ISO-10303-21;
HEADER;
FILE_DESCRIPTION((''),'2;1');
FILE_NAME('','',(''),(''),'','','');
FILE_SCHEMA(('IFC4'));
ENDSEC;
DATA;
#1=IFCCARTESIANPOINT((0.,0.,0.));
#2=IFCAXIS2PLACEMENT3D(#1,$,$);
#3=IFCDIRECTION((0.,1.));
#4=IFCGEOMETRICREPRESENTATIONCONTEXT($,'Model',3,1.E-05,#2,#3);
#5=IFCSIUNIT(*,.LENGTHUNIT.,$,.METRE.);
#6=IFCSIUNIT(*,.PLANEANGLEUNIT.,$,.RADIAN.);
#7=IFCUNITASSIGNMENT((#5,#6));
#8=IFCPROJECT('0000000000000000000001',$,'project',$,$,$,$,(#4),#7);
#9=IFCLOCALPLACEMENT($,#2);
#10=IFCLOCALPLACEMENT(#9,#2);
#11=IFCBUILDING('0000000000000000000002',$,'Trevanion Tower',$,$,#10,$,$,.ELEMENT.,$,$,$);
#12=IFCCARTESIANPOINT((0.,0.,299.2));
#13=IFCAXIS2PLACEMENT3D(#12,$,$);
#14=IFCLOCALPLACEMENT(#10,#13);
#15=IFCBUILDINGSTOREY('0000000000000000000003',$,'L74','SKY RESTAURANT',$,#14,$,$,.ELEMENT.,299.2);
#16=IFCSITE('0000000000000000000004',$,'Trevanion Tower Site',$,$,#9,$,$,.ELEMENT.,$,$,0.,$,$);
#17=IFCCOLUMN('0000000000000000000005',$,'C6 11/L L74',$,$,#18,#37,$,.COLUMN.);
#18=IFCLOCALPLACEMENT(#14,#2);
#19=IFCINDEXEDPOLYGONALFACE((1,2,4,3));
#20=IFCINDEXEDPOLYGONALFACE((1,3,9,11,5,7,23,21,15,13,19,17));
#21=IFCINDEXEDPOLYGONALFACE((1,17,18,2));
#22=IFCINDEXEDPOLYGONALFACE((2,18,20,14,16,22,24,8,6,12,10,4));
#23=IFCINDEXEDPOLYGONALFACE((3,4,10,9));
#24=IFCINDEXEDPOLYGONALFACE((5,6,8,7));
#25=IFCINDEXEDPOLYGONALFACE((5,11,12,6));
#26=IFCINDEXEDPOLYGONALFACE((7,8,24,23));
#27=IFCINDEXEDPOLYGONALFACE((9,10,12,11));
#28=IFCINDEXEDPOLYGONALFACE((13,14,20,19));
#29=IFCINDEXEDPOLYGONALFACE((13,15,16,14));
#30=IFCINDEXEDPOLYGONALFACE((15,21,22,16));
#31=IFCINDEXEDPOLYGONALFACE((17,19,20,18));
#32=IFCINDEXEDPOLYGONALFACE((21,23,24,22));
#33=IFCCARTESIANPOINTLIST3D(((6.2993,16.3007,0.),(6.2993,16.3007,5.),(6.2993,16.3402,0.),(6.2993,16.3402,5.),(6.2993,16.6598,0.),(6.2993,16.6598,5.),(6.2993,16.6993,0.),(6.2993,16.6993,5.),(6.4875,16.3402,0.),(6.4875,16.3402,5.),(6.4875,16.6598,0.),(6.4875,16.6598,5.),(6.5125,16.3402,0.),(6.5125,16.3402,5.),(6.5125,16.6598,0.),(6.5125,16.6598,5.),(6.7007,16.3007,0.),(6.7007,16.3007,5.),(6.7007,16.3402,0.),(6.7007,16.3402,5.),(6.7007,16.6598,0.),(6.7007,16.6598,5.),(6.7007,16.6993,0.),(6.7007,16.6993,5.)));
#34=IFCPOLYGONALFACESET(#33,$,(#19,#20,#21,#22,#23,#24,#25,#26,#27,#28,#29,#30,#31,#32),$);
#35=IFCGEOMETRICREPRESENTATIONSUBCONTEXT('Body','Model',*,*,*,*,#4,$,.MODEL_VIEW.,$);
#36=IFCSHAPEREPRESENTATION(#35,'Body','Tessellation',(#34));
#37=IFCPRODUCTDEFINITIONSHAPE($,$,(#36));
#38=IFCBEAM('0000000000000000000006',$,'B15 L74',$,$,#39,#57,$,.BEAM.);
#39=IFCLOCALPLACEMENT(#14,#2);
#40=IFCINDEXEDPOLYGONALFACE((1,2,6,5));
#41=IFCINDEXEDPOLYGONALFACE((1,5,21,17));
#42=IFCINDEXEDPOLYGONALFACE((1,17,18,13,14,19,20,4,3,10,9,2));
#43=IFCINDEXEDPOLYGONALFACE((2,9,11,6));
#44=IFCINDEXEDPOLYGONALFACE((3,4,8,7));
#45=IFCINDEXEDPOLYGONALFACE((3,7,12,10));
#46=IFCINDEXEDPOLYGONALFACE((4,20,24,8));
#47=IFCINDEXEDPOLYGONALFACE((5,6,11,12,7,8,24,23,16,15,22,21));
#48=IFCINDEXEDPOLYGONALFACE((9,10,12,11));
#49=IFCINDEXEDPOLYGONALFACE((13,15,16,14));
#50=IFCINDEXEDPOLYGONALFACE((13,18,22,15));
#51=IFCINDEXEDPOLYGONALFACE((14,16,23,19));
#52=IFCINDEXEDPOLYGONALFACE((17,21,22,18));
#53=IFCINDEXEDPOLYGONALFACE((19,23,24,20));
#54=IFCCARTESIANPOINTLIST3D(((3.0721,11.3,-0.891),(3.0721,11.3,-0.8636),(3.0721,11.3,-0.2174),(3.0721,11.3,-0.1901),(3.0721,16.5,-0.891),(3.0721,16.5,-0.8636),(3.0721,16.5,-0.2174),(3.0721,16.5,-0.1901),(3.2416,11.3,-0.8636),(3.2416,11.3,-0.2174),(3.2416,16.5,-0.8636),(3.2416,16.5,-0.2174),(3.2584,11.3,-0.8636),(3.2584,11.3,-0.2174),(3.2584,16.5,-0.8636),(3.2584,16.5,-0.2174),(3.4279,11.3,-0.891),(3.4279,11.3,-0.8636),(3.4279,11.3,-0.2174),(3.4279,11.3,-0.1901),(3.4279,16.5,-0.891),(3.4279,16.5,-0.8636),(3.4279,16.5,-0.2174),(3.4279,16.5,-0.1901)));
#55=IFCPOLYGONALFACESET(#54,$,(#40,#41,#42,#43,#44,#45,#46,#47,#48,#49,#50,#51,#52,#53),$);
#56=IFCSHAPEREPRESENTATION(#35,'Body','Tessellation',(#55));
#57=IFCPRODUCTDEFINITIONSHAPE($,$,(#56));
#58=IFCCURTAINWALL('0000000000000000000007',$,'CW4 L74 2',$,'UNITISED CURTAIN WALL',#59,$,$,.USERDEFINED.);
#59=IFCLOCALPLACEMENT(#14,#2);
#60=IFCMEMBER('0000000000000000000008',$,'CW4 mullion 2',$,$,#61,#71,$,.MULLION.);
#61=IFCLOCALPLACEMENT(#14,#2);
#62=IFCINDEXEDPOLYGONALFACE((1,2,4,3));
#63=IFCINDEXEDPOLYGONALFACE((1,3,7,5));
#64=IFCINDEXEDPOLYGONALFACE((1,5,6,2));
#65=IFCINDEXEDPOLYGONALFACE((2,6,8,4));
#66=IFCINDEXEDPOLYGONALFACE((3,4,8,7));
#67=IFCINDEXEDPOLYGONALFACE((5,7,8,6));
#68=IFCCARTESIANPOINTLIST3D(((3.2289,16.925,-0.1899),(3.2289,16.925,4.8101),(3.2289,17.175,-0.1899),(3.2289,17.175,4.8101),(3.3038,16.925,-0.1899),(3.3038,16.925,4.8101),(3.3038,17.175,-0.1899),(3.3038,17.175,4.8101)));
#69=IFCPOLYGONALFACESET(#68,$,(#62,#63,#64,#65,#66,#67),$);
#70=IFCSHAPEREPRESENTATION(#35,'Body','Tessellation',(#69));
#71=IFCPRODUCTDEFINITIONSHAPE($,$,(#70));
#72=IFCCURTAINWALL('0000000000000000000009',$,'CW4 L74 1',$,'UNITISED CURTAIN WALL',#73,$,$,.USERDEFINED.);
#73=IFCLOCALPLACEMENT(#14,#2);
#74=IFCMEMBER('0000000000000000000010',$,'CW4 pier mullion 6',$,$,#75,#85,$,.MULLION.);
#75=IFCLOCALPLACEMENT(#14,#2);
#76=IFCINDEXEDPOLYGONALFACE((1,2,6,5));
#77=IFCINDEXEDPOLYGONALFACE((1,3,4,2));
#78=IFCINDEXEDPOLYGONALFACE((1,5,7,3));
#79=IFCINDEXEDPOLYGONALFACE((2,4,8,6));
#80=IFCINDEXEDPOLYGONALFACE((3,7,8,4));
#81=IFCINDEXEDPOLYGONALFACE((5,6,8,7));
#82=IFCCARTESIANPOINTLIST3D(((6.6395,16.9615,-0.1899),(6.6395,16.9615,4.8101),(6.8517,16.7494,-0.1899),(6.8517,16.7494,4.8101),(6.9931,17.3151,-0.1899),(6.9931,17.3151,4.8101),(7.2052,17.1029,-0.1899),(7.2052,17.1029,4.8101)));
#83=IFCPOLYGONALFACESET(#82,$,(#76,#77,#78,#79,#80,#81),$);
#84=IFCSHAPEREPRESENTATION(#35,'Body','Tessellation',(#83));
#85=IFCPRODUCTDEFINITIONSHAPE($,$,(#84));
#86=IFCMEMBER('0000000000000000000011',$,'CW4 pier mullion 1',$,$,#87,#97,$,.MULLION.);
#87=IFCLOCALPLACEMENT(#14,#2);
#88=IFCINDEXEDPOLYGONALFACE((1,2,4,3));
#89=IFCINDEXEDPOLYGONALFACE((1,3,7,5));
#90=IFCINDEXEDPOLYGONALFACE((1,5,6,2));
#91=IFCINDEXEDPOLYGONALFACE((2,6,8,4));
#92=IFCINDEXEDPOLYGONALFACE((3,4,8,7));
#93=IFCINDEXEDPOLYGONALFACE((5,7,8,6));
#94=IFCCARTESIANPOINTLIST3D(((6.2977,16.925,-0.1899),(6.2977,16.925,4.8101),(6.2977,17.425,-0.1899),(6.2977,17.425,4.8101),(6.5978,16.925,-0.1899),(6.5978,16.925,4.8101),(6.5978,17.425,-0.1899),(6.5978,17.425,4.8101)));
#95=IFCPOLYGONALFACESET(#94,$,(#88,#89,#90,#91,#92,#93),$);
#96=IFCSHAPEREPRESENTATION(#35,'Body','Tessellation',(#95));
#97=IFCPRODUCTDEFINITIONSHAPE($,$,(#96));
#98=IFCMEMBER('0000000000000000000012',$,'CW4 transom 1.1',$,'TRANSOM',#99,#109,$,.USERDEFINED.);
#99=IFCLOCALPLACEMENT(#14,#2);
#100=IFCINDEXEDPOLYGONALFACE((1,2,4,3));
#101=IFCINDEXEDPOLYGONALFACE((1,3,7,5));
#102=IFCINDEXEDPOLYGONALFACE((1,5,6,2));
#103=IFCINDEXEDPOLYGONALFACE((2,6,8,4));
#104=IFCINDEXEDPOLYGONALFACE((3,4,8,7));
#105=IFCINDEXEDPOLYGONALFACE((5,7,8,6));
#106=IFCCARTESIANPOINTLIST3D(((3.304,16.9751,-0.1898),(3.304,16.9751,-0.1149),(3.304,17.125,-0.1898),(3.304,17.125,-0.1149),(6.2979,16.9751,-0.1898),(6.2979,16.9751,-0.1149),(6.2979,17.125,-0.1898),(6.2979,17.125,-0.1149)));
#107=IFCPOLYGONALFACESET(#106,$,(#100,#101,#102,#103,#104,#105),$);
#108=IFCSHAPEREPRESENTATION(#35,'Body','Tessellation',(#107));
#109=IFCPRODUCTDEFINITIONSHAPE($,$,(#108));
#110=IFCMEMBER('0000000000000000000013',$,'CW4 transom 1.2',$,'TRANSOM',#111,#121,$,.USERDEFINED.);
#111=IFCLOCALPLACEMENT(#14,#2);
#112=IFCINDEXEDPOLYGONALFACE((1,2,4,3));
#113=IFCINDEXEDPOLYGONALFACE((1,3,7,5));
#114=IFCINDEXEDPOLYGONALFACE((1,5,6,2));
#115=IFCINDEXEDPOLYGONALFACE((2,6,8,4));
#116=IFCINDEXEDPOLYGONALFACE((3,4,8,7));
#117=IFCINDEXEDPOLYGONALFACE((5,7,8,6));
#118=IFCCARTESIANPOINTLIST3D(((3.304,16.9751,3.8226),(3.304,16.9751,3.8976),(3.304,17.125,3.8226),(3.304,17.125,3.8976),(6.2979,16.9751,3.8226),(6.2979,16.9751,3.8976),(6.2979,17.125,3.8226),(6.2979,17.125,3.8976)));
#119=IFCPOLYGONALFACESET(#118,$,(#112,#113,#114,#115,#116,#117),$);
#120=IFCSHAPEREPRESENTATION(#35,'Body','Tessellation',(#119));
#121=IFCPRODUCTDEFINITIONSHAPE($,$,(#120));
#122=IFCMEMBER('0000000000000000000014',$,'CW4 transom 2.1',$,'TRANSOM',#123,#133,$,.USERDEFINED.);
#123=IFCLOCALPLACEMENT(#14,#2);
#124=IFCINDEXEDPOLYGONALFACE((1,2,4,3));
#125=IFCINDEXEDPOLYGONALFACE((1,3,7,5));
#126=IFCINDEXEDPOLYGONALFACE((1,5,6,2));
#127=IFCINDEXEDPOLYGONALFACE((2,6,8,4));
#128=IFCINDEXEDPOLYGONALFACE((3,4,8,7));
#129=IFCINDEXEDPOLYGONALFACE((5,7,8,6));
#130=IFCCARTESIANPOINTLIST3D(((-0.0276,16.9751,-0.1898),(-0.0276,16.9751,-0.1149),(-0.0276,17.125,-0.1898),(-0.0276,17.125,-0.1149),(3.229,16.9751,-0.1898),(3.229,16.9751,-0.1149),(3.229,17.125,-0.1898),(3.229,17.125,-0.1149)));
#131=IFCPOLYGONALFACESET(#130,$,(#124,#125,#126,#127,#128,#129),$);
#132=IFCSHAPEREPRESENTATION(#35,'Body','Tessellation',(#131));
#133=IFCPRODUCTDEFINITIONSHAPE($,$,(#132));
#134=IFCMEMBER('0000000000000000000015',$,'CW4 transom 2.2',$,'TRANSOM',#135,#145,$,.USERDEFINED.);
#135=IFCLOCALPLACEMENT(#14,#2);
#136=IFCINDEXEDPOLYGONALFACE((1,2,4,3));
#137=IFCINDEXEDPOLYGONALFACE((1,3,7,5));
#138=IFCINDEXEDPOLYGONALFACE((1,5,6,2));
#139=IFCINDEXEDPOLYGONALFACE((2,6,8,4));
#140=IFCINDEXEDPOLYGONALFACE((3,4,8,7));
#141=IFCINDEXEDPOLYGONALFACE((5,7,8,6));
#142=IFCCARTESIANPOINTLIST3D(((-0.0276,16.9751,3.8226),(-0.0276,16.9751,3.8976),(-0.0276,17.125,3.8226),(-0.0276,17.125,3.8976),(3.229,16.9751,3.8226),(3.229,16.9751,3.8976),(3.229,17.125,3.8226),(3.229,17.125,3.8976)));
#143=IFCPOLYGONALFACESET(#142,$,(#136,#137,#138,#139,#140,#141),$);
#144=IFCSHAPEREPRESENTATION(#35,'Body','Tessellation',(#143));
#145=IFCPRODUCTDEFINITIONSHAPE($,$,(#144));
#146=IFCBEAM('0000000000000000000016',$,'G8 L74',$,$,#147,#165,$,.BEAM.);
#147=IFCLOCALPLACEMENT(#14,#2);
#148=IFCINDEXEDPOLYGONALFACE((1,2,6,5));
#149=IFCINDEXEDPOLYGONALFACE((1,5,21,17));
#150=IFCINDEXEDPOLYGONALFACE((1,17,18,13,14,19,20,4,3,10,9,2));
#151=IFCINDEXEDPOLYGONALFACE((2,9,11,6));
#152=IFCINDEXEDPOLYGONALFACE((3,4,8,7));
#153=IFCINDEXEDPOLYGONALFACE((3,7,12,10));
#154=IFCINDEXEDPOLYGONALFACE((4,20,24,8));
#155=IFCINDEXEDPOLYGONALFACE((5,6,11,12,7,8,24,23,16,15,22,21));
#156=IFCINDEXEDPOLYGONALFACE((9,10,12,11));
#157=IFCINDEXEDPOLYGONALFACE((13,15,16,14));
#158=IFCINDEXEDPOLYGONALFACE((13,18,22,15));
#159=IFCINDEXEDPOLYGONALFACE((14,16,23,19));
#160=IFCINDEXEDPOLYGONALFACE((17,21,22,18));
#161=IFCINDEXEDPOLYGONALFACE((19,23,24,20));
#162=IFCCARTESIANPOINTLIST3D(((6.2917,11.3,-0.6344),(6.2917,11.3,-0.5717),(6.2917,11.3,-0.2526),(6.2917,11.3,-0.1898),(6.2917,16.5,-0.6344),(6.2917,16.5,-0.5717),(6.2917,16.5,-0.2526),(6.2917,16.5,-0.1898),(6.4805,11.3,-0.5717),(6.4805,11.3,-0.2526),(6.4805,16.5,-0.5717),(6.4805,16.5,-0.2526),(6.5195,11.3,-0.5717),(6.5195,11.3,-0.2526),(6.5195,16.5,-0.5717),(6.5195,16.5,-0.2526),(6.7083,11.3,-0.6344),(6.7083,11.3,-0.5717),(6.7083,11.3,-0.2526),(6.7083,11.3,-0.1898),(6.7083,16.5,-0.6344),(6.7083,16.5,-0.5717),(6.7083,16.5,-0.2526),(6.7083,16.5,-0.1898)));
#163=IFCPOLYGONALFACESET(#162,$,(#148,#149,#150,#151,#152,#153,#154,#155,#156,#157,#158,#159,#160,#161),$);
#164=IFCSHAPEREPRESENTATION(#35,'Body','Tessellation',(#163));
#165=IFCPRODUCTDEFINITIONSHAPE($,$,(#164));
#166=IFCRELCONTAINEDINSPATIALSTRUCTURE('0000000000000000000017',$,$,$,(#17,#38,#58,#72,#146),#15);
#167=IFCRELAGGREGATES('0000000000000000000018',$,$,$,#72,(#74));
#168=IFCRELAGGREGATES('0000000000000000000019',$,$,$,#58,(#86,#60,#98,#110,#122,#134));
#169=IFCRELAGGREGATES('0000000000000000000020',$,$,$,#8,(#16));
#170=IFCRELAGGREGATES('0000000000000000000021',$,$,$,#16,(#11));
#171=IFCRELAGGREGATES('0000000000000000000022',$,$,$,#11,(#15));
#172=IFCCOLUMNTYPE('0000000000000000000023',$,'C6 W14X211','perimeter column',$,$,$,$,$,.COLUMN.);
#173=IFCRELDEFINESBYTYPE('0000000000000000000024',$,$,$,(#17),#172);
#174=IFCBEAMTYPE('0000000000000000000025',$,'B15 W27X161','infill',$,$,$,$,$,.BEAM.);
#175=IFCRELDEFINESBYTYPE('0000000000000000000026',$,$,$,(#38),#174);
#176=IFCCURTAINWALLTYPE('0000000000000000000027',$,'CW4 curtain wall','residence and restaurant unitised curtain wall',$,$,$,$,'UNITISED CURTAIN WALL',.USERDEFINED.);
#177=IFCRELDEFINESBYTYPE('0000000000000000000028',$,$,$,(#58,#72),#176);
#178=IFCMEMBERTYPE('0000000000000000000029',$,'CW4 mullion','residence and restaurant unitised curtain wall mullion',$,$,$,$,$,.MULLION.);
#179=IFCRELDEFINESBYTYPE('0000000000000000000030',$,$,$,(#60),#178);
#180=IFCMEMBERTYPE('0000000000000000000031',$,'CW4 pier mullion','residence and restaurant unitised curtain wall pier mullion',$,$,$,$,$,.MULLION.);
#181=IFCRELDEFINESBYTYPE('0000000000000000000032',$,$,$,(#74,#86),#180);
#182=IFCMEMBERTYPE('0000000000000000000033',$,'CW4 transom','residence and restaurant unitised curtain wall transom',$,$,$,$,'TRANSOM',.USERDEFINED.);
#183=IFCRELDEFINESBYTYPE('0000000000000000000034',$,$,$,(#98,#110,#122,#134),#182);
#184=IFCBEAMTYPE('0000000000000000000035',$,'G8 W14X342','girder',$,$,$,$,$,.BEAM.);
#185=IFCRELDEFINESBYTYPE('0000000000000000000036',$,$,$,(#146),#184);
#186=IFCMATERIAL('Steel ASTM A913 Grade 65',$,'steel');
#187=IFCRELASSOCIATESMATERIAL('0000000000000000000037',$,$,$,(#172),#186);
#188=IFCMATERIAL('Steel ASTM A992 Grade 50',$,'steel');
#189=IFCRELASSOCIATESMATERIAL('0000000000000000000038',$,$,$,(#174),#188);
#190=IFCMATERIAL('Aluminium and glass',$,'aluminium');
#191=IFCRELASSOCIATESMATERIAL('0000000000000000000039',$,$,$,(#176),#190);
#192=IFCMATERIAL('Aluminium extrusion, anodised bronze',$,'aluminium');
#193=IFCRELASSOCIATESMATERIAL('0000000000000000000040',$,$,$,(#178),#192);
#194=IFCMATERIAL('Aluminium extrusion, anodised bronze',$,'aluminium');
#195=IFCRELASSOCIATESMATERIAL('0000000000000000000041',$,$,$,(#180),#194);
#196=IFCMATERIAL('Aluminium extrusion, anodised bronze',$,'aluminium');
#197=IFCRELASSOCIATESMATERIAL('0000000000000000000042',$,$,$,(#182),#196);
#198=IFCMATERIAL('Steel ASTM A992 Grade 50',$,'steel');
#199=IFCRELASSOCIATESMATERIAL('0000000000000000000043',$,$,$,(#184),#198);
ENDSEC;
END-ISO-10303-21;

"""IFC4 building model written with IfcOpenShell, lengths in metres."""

from ifc_helpers import new_model, si_unit, direction, frame, origin, origin_2d, place, context, subcontext, project, spatial, rectangle, i_section, extrude, material, material_profile, profile_set, type_object, element, aggregate, save


model = new_model("IFC4")

# Units and contexts
model_context = context("Model", 3, precision=1e-05, world=origin(), true_north=direction((0.0, 1.0)))
body_context = subcontext(model_context, "Body", "Model", "MODEL_VIEW")
ifc_project = project(units=[si_unit("LENGTHUNIT", "METRE"), si_unit("PLANEANGLEUNIT", "RADIAN")], contexts=[model_context])

# Site, building, storey
site_placement = place(None, origin())
site = spatial("IfcSite", under=ifc_project, at=site_placement, Name="Trevanion Tower Site", CompositionType="ELEMENT", RefElevation=0.0)
building_placement = place(site_placement, origin())
building = spatial("IfcBuilding", under=site, at=building_placement, Name="Trevanion Tower", CompositionType="ELEMENT")
storey_placement = place(building_placement, frame((0.0, 0.0, 299.2)))
storey = spatial("IfcBuildingStorey", under=building, at=storey_placement, Name="L74", Description="SKY RESTAURANT", CompositionType="ELEMENT", Elevation=299.2)

# Column
ifc_material_1 = material(Name="Steel ASTM A913 Grade 65", Category="steel")
ifc_material_profile_1 = material_profile(ifc_material_1, i_section(OverallWidth=0.4014, OverallDepth=0.3987, WebThickness=0.0249, FlangeThickness=0.0396, at=origin_2d()), Name="W14X211")
ifc_profile_set_1 = profile_set([ifc_material_profile_1], Name="Steel ASTM A913 Grade 65")
column_type = type_object("IfcColumnType", Name="C6 W14X211", Description="perimeter column", PredefinedType="COLUMN", material=ifc_profile_set_1)
column_placement = place(storey_placement, frame((6.5, 16.5, 0.0), z_axis=(0.0, 0.0, 1.0), x_axis=(1.0, 0.0, 0.0)))
element("IfcColumn", 1, at=column_placement, inside=storey, type_object=column_type, Name="C6 11/L L74", PredefinedType="COLUMN", context=body_context, shape_type="SweptSolid", body=[
    extrude(i_section(OverallWidth=0.4014, OverallDepth=0.3987, WebThickness=0.0249, FlangeThickness=0.0396, at=origin_2d()), origin(), (0.0, 0.0, 1.0), 5.0),
])

# Beam
ifc_material_2 = material(Name="Steel ASTM A992 Grade 50", Category="steel")
ifc_material_profile_2 = material_profile(ifc_material_2, i_section(OverallWidth=0.3557, OverallDepth=0.7009, WebThickness=0.0168, FlangeThickness=0.0273, at=origin_2d()), Name="W27X161")
ifc_profile_set_2 = profile_set([ifc_material_profile_2], Name="Steel ASTM A992 Grade 50")
beam_type_1 = type_object("IfcBeamType", Name="B15 W27X161", Description="infill", PredefinedType="BEAM", material=ifc_profile_set_2)
beam_1_placement = place(storey_placement, frame((3.25, 11.3, -0.5405), z_axis=(0.0, 1.0, 0.0), x_axis=(-1.0, 0.0, 0.0)))
element("IfcBeam", 2, at=beam_1_placement, inside=storey, type_object=beam_type_1, Name="B15 L74", PredefinedType="BEAM", context=body_context, shape_type="SweptSolid", body=[
    extrude(i_section(OverallWidth=0.3557, OverallDepth=0.7009, WebThickness=0.0168, FlangeThickness=0.0273, at=origin_2d()), origin(), (0.0, 0.0, 1.0), 5.2),
])

# Curtain walls, members
ifc_material_3 = material(Name="Aluminium and glass", Category="aluminium")
curtain_wall_type = type_object("IfcCurtainWallType", Name="CW4 curtain wall", Description="residence and restaurant unitised curtain wall", ElementType="UNITISED CURTAIN WALL", PredefinedType="USERDEFINED", material=ifc_material_3)
curtain_wall_1_placement = place(storey_placement, origin())
curtain_wall_1 = element("IfcCurtainWall", 3, at=curtain_wall_1_placement, inside=storey, type_object=curtain_wall_type, Name="CW4 L74 2", ObjectType="UNITISED CURTAIN WALL", PredefinedType="USERDEFINED")
ifc_material_4 = material(Name="Aluminium extrusion, anodised bronze", Category="aluminium")
ifc_material_profile_3 = material_profile(ifc_material_4, rectangle(XDim=0.075, YDim=0.25, at=origin_2d()), Name="CW4 mullion")
ifc_profile_set_3 = profile_set([ifc_material_profile_3], Name="Aluminium extrusion, anodised bronze")
member_type_1 = type_object("IfcMemberType", Name="CW4 mullion", Description="residence and restaurant unitised curtain wall mullion", PredefinedType="MULLION", material=ifc_profile_set_3)
member_1_placement = place(storey_placement, frame((3.2664, 17.05, -0.1899), z_axis=(0.0, 0.0, 1.0), x_axis=(-1.0, 0.0, 0.0)))
member_1 = element("IfcMember", 4, at=member_1_placement, type_object=member_type_1, Name="CW4 mullion 2", PredefinedType="MULLION", context=body_context, shape_type="SweptSolid", body=[
    extrude(rectangle(XDim=0.075, YDim=0.25, at=origin_2d()), origin(), (0.0, 0.0, 1.0), 5.0),
])
curtain_wall_2_placement = place(storey_placement, origin())
curtain_wall_2 = element("IfcCurtainWall", 5, at=curtain_wall_2_placement, inside=storey, type_object=curtain_wall_type, Name="CW4 L74 1", ObjectType="UNITISED CURTAIN WALL", PredefinedType="USERDEFINED")
ifc_material_5 = material(Name="Aluminium extrusion, anodised bronze", Category="aluminium")
ifc_material_profile_4 = material_profile(ifc_material_5, rectangle(XDim=0.3, YDim=0.5, at=origin_2d()), Name="CW4 pier mullion")
ifc_profile_set_4 = profile_set([ifc_material_profile_4], Name="Aluminium extrusion, anodised bronze")
member_type_2 = type_object("IfcMemberType", Name="CW4 pier mullion", Description="residence and restaurant unitised curtain wall pier mullion", PredefinedType="MULLION", material=ifc_profile_set_4)
member_2_placement = place(storey_placement, frame((6.9224, 17.0322, -0.1899), z_axis=(0.0, 0.0, 1.0), x_axis=(-0.707107, 0.707107, 0.0)))
member_2 = element("IfcMember", 6, at=member_2_placement, type_object=member_type_2, Name="CW4 pier mullion 6", PredefinedType="MULLION", context=body_context, shape_type="SweptSolid", body=[
    extrude(rectangle(XDim=0.3, YDim=0.5, at=origin_2d()), origin(), (0.0, 0.0, 1.0), 5.0),
])

# Members
member_3_placement = place(storey_placement, frame((6.4478, 17.175, -0.1899), z_axis=(0.0, 0.0, 1.0), x_axis=(-1.0, 0.0, 0.0)))
member_3 = element("IfcMember", 7, at=member_3_placement, type_object=member_type_2, Name="CW4 pier mullion 1", PredefinedType="MULLION", context=body_context, shape_type="SweptSolid", body=[
    extrude(rectangle(XDim=0.3, YDim=0.5, at=origin_2d()), origin(), (0.0, 0.0, 1.0), 5.0),
])
ifc_material_6 = material(Name="Aluminium extrusion, anodised bronze", Category="aluminium")
ifc_material_profile_5 = material_profile(ifc_material_6, rectangle(XDim=0.1499, YDim=0.075, at=origin_2d()), Name="CW4 transom")
ifc_profile_set_5 = profile_set([ifc_material_profile_5], Name="Aluminium extrusion, anodised bronze")
member_type_3 = type_object("IfcMemberType", Name="CW4 transom", Description="residence and restaurant unitised curtain wall transom", ElementType="TRANSOM", PredefinedType="USERDEFINED", material=ifc_profile_set_5)
member_4_placement = place(storey_placement, frame((6.2979, 17.05, -0.1523), z_axis=(-1.0, 0.0, 0.0), x_axis=(0.0, -1.0, 0.0)))
member_4 = element("IfcMember", 8, at=member_4_placement, type_object=member_type_3, Name="CW4 transom 1.1", ObjectType="TRANSOM", PredefinedType="USERDEFINED", context=body_context, shape_type="SweptSolid", body=[
    extrude(rectangle(XDim=0.1499, YDim=0.075, at=origin_2d()), origin(), (0.0, 0.0, 1.0), 2.9939),
])
member_5_placement = place(storey_placement, frame((6.2979, 17.05, 3.8601), z_axis=(-1.0, 0.0, 0.0), x_axis=(0.0, -1.0, 0.0)))
member_5 = element("IfcMember", 9, at=member_5_placement, type_object=member_type_3, Name="CW4 transom 1.2", ObjectType="TRANSOM", PredefinedType="USERDEFINED", context=body_context, shape_type="SweptSolid", body=[
    extrude(rectangle(XDim=0.1499, YDim=0.075, at=origin_2d()), origin(), (0.0, 0.0, 1.0), 2.9939),
])
member_6_placement = place(storey_placement, frame((3.229, 17.05, -0.1523), z_axis=(-1.0, 0.0, 0.0), x_axis=(0.0, -1.0, 0.0)))
member_6 = element("IfcMember", 10, at=member_6_placement, type_object=member_type_3, Name="CW4 transom 2.1", ObjectType="TRANSOM", PredefinedType="USERDEFINED", context=body_context, shape_type="SweptSolid", body=[
    extrude(rectangle(XDim=0.1499, YDim=0.075, at=origin_2d()), origin(), (0.0, 0.0, 1.0), 3.2566),
])
member_7_placement = place(storey_placement, frame((3.229, 17.05, 3.8601), z_axis=(-1.0, 0.0, 0.0), x_axis=(0.0, -1.0, 0.0)))
member_7 = element("IfcMember", 11, at=member_7_placement, type_object=member_type_3, Name="CW4 transom 2.2", ObjectType="TRANSOM", PredefinedType="USERDEFINED", context=body_context, shape_type="SweptSolid", body=[
    extrude(rectangle(XDim=0.1499, YDim=0.075, at=origin_2d()), origin(), (0.0, 0.0, 1.0), 3.2566),
])

# Beam
ifc_material_7 = material(Name="Steel ASTM A992 Grade 50", Category="steel")
ifc_material_profile_6 = material_profile(ifc_material_7, i_section(OverallWidth=0.4165, OverallDepth=0.4446, WebThickness=0.0391, FlangeThickness=0.0627, at=origin_2d()), Name="W14X342")
ifc_profile_set_6 = profile_set([ifc_material_profile_6], Name="Steel ASTM A992 Grade 50")
beam_type_2 = type_object("IfcBeamType", Name="G8 W14X342", Description="girder", PredefinedType="BEAM", material=ifc_profile_set_6)
beam_2_placement = place(storey_placement, frame((6.5, 11.3, -0.4121), z_axis=(0.0, 1.0, 0.0), x_axis=(-1.0, 0.0, 0.0)))
element("IfcBeam", 12, at=beam_2_placement, inside=storey, type_object=beam_type_2, Name="G8 L74", PredefinedType="BEAM", context=body_context, shape_type="SweptSolid", body=[
    extrude(i_section(OverallWidth=0.4165, OverallDepth=0.4446, WebThickness=0.0391, FlangeThickness=0.0627, at=origin_2d()), origin(), (0.0, 0.0, 1.0), 5.2),
])

aggregate(curtain_wall_2, [member_2])
aggregate(curtain_wall_1, [member_3, member_1, member_4, member_5, member_6, member_7])

save(model, "model.ifc")
